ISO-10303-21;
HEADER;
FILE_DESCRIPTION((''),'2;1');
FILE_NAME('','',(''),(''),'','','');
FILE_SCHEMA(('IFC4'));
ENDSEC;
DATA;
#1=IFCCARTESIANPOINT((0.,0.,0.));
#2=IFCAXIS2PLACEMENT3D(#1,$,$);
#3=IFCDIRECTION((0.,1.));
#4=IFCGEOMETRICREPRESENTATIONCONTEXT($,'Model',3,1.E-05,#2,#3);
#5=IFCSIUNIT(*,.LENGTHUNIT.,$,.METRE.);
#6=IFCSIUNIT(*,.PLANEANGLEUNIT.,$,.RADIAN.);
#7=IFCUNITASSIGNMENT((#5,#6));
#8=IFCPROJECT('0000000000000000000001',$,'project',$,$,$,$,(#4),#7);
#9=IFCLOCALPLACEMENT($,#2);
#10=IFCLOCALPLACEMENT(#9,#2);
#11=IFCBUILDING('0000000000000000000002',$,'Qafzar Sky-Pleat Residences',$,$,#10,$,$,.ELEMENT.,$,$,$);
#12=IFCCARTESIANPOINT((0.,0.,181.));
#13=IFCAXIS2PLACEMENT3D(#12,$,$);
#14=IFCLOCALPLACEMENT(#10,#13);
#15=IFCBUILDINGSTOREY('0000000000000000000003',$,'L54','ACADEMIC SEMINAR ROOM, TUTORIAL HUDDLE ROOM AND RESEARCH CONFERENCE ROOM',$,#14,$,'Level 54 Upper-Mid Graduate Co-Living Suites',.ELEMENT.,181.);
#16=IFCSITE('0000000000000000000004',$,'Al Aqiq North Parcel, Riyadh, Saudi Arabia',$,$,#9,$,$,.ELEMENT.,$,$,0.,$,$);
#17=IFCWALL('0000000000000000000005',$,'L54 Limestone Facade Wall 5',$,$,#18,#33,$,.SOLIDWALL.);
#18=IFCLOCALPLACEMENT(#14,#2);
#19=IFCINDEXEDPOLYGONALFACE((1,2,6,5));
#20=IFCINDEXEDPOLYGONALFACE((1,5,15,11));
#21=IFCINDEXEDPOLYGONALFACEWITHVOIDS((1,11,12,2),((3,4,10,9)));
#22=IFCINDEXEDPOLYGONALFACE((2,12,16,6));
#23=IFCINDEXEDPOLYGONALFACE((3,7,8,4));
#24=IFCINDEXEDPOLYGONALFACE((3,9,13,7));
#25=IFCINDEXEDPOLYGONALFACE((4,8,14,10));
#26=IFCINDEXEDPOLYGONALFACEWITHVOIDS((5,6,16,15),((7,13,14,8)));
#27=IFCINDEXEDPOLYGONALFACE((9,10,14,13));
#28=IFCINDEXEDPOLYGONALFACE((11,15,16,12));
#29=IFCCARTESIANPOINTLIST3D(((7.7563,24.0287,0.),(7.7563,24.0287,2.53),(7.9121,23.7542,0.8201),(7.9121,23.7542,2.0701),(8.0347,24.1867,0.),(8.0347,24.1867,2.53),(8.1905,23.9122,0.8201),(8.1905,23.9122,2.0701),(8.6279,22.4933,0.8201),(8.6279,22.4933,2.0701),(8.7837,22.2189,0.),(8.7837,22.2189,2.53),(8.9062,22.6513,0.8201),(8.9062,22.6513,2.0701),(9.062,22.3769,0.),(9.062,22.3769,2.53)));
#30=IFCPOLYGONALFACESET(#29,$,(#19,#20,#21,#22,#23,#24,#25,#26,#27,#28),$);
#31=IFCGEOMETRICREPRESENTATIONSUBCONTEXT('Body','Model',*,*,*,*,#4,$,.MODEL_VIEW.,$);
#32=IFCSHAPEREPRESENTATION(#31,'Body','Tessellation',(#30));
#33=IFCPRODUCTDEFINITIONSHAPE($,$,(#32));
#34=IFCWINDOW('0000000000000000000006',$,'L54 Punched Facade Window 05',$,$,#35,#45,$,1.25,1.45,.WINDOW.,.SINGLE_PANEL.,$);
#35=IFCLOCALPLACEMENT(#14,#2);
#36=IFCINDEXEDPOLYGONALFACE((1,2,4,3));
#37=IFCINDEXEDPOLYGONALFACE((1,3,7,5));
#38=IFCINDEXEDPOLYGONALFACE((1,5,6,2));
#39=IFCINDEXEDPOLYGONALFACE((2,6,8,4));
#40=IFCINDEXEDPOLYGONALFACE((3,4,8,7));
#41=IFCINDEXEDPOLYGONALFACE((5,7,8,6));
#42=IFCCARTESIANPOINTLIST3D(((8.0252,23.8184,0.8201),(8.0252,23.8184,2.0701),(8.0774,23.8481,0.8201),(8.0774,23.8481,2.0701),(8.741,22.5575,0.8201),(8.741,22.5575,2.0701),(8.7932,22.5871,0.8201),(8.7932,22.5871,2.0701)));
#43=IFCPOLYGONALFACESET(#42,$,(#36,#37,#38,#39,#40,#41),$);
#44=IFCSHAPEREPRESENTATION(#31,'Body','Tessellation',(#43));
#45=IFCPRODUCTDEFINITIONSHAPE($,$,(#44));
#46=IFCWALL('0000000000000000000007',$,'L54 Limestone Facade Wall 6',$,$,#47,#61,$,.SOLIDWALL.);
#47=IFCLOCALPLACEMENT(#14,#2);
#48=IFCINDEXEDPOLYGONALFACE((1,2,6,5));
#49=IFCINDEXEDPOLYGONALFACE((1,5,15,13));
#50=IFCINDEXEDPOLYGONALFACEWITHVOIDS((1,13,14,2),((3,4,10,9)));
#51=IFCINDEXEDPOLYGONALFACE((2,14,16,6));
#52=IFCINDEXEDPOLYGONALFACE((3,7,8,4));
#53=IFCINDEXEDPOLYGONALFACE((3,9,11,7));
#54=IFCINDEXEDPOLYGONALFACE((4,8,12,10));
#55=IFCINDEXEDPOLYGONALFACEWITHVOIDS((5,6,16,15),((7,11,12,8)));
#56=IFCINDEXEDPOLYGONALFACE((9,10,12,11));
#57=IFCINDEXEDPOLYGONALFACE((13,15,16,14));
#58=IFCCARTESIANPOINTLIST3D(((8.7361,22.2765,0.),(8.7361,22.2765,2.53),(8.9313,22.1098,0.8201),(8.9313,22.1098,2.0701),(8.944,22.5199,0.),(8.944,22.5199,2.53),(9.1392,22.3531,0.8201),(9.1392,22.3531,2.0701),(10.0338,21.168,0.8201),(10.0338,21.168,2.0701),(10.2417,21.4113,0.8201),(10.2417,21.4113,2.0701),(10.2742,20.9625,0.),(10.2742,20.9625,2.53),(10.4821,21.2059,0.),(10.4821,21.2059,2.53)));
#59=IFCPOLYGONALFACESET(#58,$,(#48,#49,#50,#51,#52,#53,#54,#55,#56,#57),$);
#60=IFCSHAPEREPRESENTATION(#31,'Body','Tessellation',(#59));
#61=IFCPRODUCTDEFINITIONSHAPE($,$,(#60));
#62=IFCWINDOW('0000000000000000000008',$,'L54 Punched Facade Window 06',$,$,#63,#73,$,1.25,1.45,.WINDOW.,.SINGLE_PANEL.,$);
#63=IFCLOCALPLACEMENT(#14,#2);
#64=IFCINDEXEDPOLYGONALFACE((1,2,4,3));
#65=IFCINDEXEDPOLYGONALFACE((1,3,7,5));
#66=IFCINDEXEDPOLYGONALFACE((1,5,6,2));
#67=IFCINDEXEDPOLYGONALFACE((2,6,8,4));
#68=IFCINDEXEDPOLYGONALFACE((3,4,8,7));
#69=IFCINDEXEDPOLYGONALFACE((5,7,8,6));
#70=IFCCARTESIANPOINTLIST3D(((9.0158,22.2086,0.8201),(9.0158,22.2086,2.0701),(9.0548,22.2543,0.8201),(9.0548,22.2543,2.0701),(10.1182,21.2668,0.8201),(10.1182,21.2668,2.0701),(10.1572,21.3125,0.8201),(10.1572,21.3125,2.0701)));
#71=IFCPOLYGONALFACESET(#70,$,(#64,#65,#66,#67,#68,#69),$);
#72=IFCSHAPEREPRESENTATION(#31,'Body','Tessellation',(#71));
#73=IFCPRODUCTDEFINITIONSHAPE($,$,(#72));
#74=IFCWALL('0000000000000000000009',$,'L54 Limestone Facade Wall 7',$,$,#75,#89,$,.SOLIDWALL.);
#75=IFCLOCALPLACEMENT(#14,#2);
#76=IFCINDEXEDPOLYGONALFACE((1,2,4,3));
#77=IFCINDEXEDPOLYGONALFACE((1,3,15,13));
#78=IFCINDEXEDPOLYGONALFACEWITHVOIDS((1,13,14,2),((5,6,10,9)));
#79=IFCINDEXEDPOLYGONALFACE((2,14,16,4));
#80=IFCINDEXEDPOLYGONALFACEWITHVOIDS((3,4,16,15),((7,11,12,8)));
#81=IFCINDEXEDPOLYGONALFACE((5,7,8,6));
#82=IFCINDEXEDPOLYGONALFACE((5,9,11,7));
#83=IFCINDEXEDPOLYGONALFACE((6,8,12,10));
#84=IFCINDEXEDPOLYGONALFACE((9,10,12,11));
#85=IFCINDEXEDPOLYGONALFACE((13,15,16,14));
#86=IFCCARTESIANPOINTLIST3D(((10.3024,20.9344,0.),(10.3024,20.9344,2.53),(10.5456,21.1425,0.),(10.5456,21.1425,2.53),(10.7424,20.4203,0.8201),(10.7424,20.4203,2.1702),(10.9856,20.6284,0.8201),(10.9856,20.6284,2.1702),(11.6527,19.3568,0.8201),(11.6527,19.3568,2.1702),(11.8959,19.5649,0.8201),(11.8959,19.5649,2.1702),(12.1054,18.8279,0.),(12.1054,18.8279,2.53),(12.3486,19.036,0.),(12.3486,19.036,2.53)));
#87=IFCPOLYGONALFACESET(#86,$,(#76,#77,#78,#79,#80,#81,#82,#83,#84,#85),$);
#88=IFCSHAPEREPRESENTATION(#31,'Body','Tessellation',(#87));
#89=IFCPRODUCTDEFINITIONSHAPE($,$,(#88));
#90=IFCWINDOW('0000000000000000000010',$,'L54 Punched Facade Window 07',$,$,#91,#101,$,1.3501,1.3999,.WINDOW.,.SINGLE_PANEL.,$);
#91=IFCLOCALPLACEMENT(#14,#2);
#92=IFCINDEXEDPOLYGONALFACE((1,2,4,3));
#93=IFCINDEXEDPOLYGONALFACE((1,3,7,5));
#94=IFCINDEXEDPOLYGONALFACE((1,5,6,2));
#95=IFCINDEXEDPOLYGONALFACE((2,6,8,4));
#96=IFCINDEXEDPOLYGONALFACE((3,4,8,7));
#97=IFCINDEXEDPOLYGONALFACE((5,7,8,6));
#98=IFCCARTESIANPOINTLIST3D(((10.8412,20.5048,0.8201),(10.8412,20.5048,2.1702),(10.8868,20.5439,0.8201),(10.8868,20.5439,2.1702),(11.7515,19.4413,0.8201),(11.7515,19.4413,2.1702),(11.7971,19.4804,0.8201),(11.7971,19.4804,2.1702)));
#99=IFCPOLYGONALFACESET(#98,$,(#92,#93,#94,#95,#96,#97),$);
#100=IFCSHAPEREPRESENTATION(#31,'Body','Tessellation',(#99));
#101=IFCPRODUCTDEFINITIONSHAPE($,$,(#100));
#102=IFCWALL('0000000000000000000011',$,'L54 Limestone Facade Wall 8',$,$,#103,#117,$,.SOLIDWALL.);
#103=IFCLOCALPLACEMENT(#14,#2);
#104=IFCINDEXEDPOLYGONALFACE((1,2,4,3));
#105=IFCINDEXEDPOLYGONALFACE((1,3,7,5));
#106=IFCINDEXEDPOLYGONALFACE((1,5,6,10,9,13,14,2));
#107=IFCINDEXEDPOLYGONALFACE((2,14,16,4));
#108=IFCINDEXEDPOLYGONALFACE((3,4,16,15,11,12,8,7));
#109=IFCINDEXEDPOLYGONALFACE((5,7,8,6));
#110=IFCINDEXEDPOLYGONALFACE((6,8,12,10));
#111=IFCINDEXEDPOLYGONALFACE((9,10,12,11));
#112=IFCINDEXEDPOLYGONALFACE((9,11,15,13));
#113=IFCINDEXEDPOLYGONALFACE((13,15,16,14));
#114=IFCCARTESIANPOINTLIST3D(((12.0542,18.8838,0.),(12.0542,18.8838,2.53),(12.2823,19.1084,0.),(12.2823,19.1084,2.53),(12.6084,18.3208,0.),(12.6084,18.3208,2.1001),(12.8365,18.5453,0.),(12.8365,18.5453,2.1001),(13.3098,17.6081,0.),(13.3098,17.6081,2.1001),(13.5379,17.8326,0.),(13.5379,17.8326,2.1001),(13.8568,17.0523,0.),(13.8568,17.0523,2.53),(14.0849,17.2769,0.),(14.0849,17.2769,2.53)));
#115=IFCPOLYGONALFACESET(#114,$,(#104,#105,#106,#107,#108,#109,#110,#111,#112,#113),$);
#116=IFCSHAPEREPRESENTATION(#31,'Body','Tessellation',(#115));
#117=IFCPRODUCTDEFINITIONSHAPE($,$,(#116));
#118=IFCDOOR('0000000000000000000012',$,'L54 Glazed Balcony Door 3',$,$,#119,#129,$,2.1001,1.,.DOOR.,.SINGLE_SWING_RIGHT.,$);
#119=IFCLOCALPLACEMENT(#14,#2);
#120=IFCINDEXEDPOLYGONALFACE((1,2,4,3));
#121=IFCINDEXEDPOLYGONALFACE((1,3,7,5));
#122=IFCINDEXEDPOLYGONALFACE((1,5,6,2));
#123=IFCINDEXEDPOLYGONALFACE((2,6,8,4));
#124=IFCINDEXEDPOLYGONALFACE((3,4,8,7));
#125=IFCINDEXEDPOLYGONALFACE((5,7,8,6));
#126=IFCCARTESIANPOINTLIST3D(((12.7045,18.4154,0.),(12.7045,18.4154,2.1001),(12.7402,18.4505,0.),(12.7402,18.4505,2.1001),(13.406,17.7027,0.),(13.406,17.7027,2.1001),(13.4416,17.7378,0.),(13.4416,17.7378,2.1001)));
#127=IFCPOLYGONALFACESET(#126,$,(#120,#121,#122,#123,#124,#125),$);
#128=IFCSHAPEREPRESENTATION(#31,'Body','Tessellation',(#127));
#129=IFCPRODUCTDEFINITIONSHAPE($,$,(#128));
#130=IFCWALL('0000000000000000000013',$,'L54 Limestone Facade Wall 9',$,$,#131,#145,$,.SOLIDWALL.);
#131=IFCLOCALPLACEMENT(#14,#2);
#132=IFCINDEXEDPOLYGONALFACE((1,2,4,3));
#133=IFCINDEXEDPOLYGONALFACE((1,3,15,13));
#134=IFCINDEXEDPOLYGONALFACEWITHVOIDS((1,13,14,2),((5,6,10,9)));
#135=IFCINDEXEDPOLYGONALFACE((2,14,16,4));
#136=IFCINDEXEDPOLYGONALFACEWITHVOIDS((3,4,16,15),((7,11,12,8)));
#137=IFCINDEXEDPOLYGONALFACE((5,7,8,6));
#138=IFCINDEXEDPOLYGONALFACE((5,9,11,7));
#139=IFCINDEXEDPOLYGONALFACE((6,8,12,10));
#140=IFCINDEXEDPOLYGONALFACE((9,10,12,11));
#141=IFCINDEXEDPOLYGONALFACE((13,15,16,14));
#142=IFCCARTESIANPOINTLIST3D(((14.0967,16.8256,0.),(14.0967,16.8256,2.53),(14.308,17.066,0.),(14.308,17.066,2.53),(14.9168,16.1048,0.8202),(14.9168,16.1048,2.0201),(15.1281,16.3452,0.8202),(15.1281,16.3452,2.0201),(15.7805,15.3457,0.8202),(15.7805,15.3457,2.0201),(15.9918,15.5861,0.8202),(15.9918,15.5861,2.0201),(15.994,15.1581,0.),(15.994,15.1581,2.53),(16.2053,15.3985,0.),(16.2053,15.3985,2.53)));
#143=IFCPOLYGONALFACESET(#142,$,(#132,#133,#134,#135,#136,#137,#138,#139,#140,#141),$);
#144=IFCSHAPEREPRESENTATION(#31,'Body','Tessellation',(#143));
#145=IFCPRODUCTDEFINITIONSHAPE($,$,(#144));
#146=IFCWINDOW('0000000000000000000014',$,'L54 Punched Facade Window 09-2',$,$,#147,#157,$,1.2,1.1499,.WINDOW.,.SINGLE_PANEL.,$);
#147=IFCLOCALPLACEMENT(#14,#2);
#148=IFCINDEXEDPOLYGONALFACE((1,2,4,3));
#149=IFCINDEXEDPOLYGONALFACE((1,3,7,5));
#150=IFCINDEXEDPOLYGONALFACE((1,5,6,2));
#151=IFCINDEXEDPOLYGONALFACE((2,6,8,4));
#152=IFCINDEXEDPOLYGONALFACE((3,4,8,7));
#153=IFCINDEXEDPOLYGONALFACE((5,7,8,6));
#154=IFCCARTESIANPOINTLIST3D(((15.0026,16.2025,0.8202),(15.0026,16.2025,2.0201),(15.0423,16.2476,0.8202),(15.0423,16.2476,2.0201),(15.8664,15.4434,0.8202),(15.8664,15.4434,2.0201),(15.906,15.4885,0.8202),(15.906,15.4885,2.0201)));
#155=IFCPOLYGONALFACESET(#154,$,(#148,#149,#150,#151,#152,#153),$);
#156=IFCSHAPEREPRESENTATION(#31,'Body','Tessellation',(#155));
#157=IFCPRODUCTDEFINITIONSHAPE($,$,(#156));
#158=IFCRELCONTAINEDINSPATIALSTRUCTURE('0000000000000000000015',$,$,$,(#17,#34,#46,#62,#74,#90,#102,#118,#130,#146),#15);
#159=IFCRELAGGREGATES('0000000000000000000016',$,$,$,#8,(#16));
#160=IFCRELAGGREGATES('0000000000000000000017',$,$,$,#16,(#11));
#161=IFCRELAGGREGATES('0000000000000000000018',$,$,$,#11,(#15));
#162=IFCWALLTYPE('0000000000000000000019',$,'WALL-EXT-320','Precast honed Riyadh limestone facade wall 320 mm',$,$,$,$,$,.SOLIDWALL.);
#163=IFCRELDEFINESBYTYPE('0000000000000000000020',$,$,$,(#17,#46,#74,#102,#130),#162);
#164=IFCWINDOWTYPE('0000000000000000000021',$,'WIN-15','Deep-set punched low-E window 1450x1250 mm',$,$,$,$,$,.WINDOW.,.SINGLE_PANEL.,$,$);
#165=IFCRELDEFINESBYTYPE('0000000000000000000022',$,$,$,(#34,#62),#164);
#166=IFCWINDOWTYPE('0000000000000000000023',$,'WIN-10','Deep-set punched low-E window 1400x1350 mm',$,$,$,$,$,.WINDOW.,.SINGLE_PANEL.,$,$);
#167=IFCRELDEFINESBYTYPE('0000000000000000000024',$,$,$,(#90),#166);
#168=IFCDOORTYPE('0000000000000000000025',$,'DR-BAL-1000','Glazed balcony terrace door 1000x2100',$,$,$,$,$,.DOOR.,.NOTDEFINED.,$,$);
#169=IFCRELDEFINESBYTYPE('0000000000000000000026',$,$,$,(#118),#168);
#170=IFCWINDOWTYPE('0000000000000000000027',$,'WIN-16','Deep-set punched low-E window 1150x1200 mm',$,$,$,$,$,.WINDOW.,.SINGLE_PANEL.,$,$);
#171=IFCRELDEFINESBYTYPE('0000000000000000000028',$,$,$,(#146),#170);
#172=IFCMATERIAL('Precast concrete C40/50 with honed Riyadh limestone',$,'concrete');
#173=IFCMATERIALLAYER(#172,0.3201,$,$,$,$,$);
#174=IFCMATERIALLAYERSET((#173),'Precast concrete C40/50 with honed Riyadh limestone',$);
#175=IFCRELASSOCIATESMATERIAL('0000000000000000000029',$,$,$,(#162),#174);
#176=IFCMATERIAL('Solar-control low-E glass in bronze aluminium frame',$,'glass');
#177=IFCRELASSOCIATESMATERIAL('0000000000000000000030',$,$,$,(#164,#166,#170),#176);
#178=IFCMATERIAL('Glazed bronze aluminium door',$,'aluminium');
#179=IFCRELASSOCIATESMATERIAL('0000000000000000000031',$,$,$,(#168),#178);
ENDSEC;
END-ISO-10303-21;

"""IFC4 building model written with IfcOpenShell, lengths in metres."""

from ifc_helpers import new_model, si_unit, direction, frame, frame_2d, origin, place, context, subcontext, project, spatial, rectangle, extrude, source, transform, mapped, material, layer, layer_set, type_object, element, fill, save


model = new_model("IFC4")

# Units and contexts
model_context = context("Model", 3, precision=1e-05, world=origin(), true_north=direction((0.0, 1.0)))
body_context = subcontext(model_context, "Body", "Model", "MODEL_VIEW")
ifc_project = project(units=[si_unit("LENGTHUNIT", "METRE"), si_unit("PLANEANGLEUNIT", "RADIAN")], contexts=[model_context])

# Site, building, storey
site_placement = place(None, origin())
site = spatial("IfcSite", under=ifc_project, at=site_placement, Name="Al Aqiq North Parcel, Riyadh, Saudi Arabia", CompositionType="ELEMENT", RefElevation=0.0)
building_placement = place(site_placement, origin())
building = spatial("IfcBuilding", under=site, at=building_placement, Name="Qafzar Sky-Pleat Residences", CompositionType="ELEMENT")
storey_placement = place(building_placement, frame((0.0, 0.0, 181.0)))
storey = spatial("IfcBuildingStorey", under=building, at=storey_placement, Name="L54", Description="ACADEMIC SEMINAR ROOM, TUTORIAL HUDDLE ROOM AND RESEARCH CONFERENCE ROOM", LongName="Level 54 Upper-Mid Graduate Co-Living Suites", CompositionType="ELEMENT", Elevation=181.0)

# Walls, openings, windows
ifc_material_1 = material(Name="Precast concrete C40/50 with honed Riyadh limestone", Category="concrete")
ifc_layer_1 = layer(ifc_material_1, 0.3201)
ifc_layer_set_1 = layer_set([ifc_layer_1], Name="Precast concrete C40/50 with honed Riyadh limestone")
wall_type_1 = type_object("IfcWallType", Name="WALL-EXT-320", Description="Precast honed Riyadh limestone facade wall 320 mm", PredefinedType="SOLIDWALL", material=ifc_layer_set_1)
ifc_material_2 = material(Name="Solar-control low-E glass in bronze aluminium frame", Category="glass")
wall_1_placement = place(storey_placement, frame((7.8955, 24.1077, 0.0), z_axis=(0.0, 0.0, 1.0), x_axis=(0.493661, -0.869655, 0.0)))
wall_1 = element("IfcWall", 1, at=wall_1_placement, inside=storey, type_object=wall_type_1, Name="L54 Limestone Facade Wall 5", PredefinedType="SOLIDWALL", context=body_context, shape_type="SweptSolid", body=[
    extrude(rectangle(XDim=2.0811, YDim=0.3201, at=frame_2d((1.0405, 0.0))), origin(), (0.0, 0.0, 1.0), 2.53),
])
opening_1_placement = place(wall_1_placement, frame((0.3154, 0.0, 0.8201)))
opening_1 = element("IfcOpeningElement", 2, at=opening_1_placement, cuts=wall_1, PredefinedType="OPENING", context=body_context, shape_type="SweptSolid", body=[
    extrude(rectangle(XDim=1.45, YDim=1.25, at=frame_2d((0.7251, 0.625))), frame((0.0, 0.1699, 0.0), z_axis=(0.0, -1.0, 0.0), x_axis=(1.0, 0.0, 0.0)), (0.0, 0.0, 1.0), 0.3401),
])
window_type_1 = type_object("IfcWindowType", Name="WIN-15", Description="Deep-set punched low-E window 1450x1250 mm", PartitioningType="SINGLE_PANEL", PredefinedType="WINDOW", material=ifc_material_2)
shared_shape_1 = source(origin(), body_context, "Body", "SweptSolid", [
    extrude(rectangle(XDim=1.45, YDim=1.25, at=frame_2d((0.7251, 0.625))), frame((0.0, 0.03, 0.0), z_axis=(0.0, -1.0, 0.0), x_axis=(1.0, 0.0, 0.0)), (0.0, 0.0, 1.0), 0.0601),
])
window_1_placement = place(opening_1_placement, origin())
window_1 = element("IfcWindow", 3, at=window_1_placement, inside=storey, type_object=window_type_1, Name="L54 Punched Facade Window 05", OverallHeight=1.25, OverallWidth=1.45, PartitioningType="SINGLE_PANEL", PredefinedType="WINDOW", context=body_context, shape_type="MappedRepresentation", body=[
    mapped(shared_shape_1, transform((0.0, 0.0, 0.0), x_axis=(1.0, 0.0, 0.0), y_axis=(0.0, 1.0, 0.0), z_axis=(0.0, 0.0, 1.0), scale=1.0)),
])
fill(opening_1, window_1)
wall_2_placement = place(storey_placement, frame((8.8401, 22.3982, 0.0), z_axis=(0.0, 0.0, 1.0), x_axis=(0.760329, -0.649538, 0.0)))
wall_2 = element("IfcWall", 4, at=wall_2_placement, inside=storey, type_object=wall_type_1, Name="L54 Limestone Facade Wall 6", PredefinedType="SOLIDWALL", context=body_context, shape_type="SweptSolid", body=[
    extrude(rectangle(XDim=2.0229, YDim=0.3201, at=frame_2d((1.0115, 0.0))), origin(), (0.0, 0.0, 1.0), 2.53),
])
opening_2_placement = place(wall_2_placement, frame((0.2566, 0.0, 0.8201)))
opening_2 = element("IfcOpeningElement", 5, at=opening_2_placement, cuts=wall_2, PredefinedType="OPENING", context=body_context, shape_type="SweptSolid", body=[
    extrude(rectangle(XDim=1.45, YDim=1.25, at=frame_2d((0.7251, 0.625))), frame((0.0, 0.1699, 0.0), z_axis=(0.0, -1.0, 0.0), x_axis=(1.0, 0.0, 0.0)), (0.0, 0.0, 1.0), 0.3401),
])
window_2_placement = place(opening_2_placement, origin())
window_2 = element("IfcWindow", 6, at=window_2_placement, inside=storey, type_object=window_type_1, Name="L54 Punched Facade Window 06", OverallHeight=1.25, OverallWidth=1.45, PartitioningType="SINGLE_PANEL", PredefinedType="WINDOW", context=body_context, shape_type="MappedRepresentation", body=[
    mapped(shared_shape_1, transform((0.0, 0.0, 0.0), x_axis=(1.0, 0.0, 0.0), y_axis=(0.0, 1.0, 0.0), z_axis=(0.0, 0.0, 1.0), scale=1.0)),
])
fill(opening_2, window_2)
wall_3_placement = place(storey_placement, frame((10.4241, 21.0383, 0.0), z_axis=(0.0, 0.0, 1.0), x_axis=(0.650262, -0.75971, 0.0)))
wall_3 = element("IfcWall", 7, at=wall_3_placement, inside=storey, type_object=wall_type_1, Name="L54 Limestone Facade Wall 7", PredefinedType="SOLIDWALL", context=body_context, shape_type="SweptSolid", body=[
    extrude(rectangle(XDim=2.7727, YDim=0.3201, at=frame_2d((1.3862, 0.0))), origin(), (0.0, 0.0, 1.0), 2.53),
])
opening_3_placement = place(wall_3_placement, frame((0.6765, 0.0, 0.8201)))
opening_3 = element("IfcOpeningElement", 8, at=opening_3_placement, cuts=wall_3, PredefinedType="OPENING", context=body_context, shape_type="SweptSolid", body=[
    extrude(rectangle(XDim=1.3999, YDim=1.3501, at=frame_2d((0.7, 0.675))), frame((0.0, 0.1699, 0.0), z_axis=(0.0, -1.0, 0.0), x_axis=(1.0, 0.0, 0.0)), (0.0, 0.0, 1.0), 0.3401),
])
window_type_2 = type_object("IfcWindowType", Name="WIN-10", Description="Deep-set punched low-E window 1400x1350 mm", PartitioningType="SINGLE_PANEL", PredefinedType="WINDOW", material=ifc_material_2)
shared_shape_2 = source(origin(), body_context, "Body", "SweptSolid", [
    extrude(rectangle(XDim=1.3999, YDim=1.3501, at=frame_2d((0.7, 0.675))), frame((0.0, 0.03, 0.0), z_axis=(0.0, -1.0, 0.0), x_axis=(1.0, 0.0, 0.0)), (0.0, 0.0, 1.0), 0.0601),
])
window_3_placement = place(opening_3_placement, origin())
window_3 = element("IfcWindow", 9, at=window_3_placement, inside=storey, type_object=window_type_2, Name="L54 Punched Facade Window 07", OverallHeight=1.3501, OverallWidth=1.3999, PartitioningType="SINGLE_PANEL", PredefinedType="WINDOW", context=body_context, shape_type="MappedRepresentation", body=[
    mapped(shared_shape_2, transform((0.0, 0.0, 0.0), x_axis=(1.0, 0.0, 0.0), y_axis=(0.0, 1.0, 0.0), z_axis=(0.0, 0.0, 1.0), scale=1.0)),
])
fill(opening_3, window_3)

# Wall, opening, door
wall_4_placement = place(storey_placement, frame((12.1682, 18.9961, 0.0), z_axis=(0.0, 0.0, 1.0), x_axis=(0.70148, -0.71269, 0.0)))
wall_4 = element("IfcWall", 10, at=wall_4_placement, inside=storey, type_object=wall_type_1, Name="L54 Limestone Facade Wall 8", PredefinedType="SOLIDWALL", context=body_context, shape_type="SweptSolid", body=[
    extrude(rectangle(XDim=2.5698, YDim=0.3201, at=frame_2d((1.2849, 0.0))), origin(), (0.0, 0.0, 1.0), 2.53),
])
opening_4_placement = place(wall_4_placement, frame((0.79, 0.0, 0.0)))
opening_4 = element("IfcOpeningElement", 11, at=opening_4_placement, cuts=wall_4, PredefinedType="OPENING", context=body_context, shape_type="SweptSolid", body=[
    extrude(rectangle(XDim=1.0, YDim=2.1001, at=frame_2d((0.5, 1.05))), frame((0.0, 0.1699, 0.0), z_axis=(0.0, -1.0, 0.0), x_axis=(1.0, 0.0, 0.0)), (0.0, 0.0, 1.0), 0.3401),
])
ifc_material_3 = material(Name="Glazed bronze aluminium door", Category="aluminium")
door_type = type_object("IfcDoorType", Name="DR-BAL-1000", Description="Glazed balcony terrace door 1000x2100", OperationType="NOTDEFINED", PredefinedType="DOOR", material=ifc_material_3)
shared_shape_3 = source(origin(), body_context, "Body", "SweptSolid", [
    extrude(rectangle(XDim=1.0, YDim=2.1001, at=frame_2d((0.5, 1.05))), frame((0.0, 0.0249, 0.0), z_axis=(0.0, -1.0, 0.0), x_axis=(1.0, 0.0, 0.0)), (0.0, 0.0, 1.0), 0.05),
])
door_placement = place(opening_4_placement, origin())
door = element("IfcDoor", 12, at=door_placement, inside=storey, type_object=door_type, Name="L54 Glazed Balcony Door 3", OperationType="SINGLE_SWING_RIGHT", OverallHeight=2.1001, OverallWidth=1.0, PredefinedType="DOOR", context=body_context, shape_type="MappedRepresentation", body=[
    mapped(shared_shape_3, transform((0.0, 0.0, 0.0), x_axis=(1.0, 0.0, 0.0), y_axis=(0.0, 1.0, 0.0), z_axis=(0.0, 0.0, 1.0), scale=1.0)),
])
fill(opening_4, door)

# Wall, opening, window
wall_5_placement = place(storey_placement, frame((14.2024, 16.9458, 0.0), z_axis=(0.0, 0.0, 1.0), x_axis=(0.75112, -0.660166, 0.0)))
wall_5 = element("IfcWall", 13, at=wall_5_placement, inside=storey, type_object=wall_type_1, Name="L54 Limestone Facade Wall 9", PredefinedType="SOLIDWALL", context=body_context, shape_type="SweptSolid", body=[
    extrude(rectangle(XDim=2.5259, YDim=0.3201, at=frame_2d((1.2629, 0.0))), origin(), (0.0, 0.0, 1.0), 2.53),
])
opening_5_placement = place(wall_5_placement, frame((1.0918, 0.0, 0.8201)))
opening_5 = element("IfcOpeningElement", 14, at=opening_5_placement, cuts=wall_5, PredefinedType="OPENING", context=body_context, shape_type="SweptSolid", body=[
    extrude(rectangle(XDim=1.1499, YDim=1.2, at=frame_2d((0.575, 0.6001))), frame((0.0, 0.1699, 0.0), z_axis=(0.0, -1.0, 0.0), x_axis=(1.0, 0.0, 0.0)), (0.0, 0.0, 1.0), 0.3401),
])
window_type_3 = type_object("IfcWindowType", Name="WIN-16", Description="Deep-set punched low-E window 1150x1200 mm", PartitioningType="SINGLE_PANEL", PredefinedType="WINDOW", material=ifc_material_2)
shared_shape_4 = source(origin(), body_context, "Body", "SweptSolid", [
    extrude(rectangle(XDim=1.1499, YDim=1.2, at=frame_2d((0.575, 0.6001))), frame((0.0, 0.03, 0.0), z_axis=(0.0, -1.0, 0.0), x_axis=(1.0, 0.0, 0.0)), (0.0, 0.0, 1.0), 0.0601),
])
window_4_placement = place(opening_5_placement, origin())
window_4 = element("IfcWindow", 15, at=window_4_placement, inside=storey, type_object=window_type_3, Name="L54 Punched Facade Window 09-2", OverallHeight=1.2, OverallWidth=1.1499, PartitioningType="SINGLE_PANEL", PredefinedType="WINDOW", context=body_context, shape_type="MappedRepresentation", body=[
    mapped(shared_shape_4, transform((0.0, 0.0, 0.0), x_axis=(1.0, 0.0, 0.0), y_axis=(0.0, 1.0, 0.0), z_axis=(0.0, 0.0, 1.0), scale=1.0)),
])
fill(opening_5, window_4)

save(model, "model.ifc")
